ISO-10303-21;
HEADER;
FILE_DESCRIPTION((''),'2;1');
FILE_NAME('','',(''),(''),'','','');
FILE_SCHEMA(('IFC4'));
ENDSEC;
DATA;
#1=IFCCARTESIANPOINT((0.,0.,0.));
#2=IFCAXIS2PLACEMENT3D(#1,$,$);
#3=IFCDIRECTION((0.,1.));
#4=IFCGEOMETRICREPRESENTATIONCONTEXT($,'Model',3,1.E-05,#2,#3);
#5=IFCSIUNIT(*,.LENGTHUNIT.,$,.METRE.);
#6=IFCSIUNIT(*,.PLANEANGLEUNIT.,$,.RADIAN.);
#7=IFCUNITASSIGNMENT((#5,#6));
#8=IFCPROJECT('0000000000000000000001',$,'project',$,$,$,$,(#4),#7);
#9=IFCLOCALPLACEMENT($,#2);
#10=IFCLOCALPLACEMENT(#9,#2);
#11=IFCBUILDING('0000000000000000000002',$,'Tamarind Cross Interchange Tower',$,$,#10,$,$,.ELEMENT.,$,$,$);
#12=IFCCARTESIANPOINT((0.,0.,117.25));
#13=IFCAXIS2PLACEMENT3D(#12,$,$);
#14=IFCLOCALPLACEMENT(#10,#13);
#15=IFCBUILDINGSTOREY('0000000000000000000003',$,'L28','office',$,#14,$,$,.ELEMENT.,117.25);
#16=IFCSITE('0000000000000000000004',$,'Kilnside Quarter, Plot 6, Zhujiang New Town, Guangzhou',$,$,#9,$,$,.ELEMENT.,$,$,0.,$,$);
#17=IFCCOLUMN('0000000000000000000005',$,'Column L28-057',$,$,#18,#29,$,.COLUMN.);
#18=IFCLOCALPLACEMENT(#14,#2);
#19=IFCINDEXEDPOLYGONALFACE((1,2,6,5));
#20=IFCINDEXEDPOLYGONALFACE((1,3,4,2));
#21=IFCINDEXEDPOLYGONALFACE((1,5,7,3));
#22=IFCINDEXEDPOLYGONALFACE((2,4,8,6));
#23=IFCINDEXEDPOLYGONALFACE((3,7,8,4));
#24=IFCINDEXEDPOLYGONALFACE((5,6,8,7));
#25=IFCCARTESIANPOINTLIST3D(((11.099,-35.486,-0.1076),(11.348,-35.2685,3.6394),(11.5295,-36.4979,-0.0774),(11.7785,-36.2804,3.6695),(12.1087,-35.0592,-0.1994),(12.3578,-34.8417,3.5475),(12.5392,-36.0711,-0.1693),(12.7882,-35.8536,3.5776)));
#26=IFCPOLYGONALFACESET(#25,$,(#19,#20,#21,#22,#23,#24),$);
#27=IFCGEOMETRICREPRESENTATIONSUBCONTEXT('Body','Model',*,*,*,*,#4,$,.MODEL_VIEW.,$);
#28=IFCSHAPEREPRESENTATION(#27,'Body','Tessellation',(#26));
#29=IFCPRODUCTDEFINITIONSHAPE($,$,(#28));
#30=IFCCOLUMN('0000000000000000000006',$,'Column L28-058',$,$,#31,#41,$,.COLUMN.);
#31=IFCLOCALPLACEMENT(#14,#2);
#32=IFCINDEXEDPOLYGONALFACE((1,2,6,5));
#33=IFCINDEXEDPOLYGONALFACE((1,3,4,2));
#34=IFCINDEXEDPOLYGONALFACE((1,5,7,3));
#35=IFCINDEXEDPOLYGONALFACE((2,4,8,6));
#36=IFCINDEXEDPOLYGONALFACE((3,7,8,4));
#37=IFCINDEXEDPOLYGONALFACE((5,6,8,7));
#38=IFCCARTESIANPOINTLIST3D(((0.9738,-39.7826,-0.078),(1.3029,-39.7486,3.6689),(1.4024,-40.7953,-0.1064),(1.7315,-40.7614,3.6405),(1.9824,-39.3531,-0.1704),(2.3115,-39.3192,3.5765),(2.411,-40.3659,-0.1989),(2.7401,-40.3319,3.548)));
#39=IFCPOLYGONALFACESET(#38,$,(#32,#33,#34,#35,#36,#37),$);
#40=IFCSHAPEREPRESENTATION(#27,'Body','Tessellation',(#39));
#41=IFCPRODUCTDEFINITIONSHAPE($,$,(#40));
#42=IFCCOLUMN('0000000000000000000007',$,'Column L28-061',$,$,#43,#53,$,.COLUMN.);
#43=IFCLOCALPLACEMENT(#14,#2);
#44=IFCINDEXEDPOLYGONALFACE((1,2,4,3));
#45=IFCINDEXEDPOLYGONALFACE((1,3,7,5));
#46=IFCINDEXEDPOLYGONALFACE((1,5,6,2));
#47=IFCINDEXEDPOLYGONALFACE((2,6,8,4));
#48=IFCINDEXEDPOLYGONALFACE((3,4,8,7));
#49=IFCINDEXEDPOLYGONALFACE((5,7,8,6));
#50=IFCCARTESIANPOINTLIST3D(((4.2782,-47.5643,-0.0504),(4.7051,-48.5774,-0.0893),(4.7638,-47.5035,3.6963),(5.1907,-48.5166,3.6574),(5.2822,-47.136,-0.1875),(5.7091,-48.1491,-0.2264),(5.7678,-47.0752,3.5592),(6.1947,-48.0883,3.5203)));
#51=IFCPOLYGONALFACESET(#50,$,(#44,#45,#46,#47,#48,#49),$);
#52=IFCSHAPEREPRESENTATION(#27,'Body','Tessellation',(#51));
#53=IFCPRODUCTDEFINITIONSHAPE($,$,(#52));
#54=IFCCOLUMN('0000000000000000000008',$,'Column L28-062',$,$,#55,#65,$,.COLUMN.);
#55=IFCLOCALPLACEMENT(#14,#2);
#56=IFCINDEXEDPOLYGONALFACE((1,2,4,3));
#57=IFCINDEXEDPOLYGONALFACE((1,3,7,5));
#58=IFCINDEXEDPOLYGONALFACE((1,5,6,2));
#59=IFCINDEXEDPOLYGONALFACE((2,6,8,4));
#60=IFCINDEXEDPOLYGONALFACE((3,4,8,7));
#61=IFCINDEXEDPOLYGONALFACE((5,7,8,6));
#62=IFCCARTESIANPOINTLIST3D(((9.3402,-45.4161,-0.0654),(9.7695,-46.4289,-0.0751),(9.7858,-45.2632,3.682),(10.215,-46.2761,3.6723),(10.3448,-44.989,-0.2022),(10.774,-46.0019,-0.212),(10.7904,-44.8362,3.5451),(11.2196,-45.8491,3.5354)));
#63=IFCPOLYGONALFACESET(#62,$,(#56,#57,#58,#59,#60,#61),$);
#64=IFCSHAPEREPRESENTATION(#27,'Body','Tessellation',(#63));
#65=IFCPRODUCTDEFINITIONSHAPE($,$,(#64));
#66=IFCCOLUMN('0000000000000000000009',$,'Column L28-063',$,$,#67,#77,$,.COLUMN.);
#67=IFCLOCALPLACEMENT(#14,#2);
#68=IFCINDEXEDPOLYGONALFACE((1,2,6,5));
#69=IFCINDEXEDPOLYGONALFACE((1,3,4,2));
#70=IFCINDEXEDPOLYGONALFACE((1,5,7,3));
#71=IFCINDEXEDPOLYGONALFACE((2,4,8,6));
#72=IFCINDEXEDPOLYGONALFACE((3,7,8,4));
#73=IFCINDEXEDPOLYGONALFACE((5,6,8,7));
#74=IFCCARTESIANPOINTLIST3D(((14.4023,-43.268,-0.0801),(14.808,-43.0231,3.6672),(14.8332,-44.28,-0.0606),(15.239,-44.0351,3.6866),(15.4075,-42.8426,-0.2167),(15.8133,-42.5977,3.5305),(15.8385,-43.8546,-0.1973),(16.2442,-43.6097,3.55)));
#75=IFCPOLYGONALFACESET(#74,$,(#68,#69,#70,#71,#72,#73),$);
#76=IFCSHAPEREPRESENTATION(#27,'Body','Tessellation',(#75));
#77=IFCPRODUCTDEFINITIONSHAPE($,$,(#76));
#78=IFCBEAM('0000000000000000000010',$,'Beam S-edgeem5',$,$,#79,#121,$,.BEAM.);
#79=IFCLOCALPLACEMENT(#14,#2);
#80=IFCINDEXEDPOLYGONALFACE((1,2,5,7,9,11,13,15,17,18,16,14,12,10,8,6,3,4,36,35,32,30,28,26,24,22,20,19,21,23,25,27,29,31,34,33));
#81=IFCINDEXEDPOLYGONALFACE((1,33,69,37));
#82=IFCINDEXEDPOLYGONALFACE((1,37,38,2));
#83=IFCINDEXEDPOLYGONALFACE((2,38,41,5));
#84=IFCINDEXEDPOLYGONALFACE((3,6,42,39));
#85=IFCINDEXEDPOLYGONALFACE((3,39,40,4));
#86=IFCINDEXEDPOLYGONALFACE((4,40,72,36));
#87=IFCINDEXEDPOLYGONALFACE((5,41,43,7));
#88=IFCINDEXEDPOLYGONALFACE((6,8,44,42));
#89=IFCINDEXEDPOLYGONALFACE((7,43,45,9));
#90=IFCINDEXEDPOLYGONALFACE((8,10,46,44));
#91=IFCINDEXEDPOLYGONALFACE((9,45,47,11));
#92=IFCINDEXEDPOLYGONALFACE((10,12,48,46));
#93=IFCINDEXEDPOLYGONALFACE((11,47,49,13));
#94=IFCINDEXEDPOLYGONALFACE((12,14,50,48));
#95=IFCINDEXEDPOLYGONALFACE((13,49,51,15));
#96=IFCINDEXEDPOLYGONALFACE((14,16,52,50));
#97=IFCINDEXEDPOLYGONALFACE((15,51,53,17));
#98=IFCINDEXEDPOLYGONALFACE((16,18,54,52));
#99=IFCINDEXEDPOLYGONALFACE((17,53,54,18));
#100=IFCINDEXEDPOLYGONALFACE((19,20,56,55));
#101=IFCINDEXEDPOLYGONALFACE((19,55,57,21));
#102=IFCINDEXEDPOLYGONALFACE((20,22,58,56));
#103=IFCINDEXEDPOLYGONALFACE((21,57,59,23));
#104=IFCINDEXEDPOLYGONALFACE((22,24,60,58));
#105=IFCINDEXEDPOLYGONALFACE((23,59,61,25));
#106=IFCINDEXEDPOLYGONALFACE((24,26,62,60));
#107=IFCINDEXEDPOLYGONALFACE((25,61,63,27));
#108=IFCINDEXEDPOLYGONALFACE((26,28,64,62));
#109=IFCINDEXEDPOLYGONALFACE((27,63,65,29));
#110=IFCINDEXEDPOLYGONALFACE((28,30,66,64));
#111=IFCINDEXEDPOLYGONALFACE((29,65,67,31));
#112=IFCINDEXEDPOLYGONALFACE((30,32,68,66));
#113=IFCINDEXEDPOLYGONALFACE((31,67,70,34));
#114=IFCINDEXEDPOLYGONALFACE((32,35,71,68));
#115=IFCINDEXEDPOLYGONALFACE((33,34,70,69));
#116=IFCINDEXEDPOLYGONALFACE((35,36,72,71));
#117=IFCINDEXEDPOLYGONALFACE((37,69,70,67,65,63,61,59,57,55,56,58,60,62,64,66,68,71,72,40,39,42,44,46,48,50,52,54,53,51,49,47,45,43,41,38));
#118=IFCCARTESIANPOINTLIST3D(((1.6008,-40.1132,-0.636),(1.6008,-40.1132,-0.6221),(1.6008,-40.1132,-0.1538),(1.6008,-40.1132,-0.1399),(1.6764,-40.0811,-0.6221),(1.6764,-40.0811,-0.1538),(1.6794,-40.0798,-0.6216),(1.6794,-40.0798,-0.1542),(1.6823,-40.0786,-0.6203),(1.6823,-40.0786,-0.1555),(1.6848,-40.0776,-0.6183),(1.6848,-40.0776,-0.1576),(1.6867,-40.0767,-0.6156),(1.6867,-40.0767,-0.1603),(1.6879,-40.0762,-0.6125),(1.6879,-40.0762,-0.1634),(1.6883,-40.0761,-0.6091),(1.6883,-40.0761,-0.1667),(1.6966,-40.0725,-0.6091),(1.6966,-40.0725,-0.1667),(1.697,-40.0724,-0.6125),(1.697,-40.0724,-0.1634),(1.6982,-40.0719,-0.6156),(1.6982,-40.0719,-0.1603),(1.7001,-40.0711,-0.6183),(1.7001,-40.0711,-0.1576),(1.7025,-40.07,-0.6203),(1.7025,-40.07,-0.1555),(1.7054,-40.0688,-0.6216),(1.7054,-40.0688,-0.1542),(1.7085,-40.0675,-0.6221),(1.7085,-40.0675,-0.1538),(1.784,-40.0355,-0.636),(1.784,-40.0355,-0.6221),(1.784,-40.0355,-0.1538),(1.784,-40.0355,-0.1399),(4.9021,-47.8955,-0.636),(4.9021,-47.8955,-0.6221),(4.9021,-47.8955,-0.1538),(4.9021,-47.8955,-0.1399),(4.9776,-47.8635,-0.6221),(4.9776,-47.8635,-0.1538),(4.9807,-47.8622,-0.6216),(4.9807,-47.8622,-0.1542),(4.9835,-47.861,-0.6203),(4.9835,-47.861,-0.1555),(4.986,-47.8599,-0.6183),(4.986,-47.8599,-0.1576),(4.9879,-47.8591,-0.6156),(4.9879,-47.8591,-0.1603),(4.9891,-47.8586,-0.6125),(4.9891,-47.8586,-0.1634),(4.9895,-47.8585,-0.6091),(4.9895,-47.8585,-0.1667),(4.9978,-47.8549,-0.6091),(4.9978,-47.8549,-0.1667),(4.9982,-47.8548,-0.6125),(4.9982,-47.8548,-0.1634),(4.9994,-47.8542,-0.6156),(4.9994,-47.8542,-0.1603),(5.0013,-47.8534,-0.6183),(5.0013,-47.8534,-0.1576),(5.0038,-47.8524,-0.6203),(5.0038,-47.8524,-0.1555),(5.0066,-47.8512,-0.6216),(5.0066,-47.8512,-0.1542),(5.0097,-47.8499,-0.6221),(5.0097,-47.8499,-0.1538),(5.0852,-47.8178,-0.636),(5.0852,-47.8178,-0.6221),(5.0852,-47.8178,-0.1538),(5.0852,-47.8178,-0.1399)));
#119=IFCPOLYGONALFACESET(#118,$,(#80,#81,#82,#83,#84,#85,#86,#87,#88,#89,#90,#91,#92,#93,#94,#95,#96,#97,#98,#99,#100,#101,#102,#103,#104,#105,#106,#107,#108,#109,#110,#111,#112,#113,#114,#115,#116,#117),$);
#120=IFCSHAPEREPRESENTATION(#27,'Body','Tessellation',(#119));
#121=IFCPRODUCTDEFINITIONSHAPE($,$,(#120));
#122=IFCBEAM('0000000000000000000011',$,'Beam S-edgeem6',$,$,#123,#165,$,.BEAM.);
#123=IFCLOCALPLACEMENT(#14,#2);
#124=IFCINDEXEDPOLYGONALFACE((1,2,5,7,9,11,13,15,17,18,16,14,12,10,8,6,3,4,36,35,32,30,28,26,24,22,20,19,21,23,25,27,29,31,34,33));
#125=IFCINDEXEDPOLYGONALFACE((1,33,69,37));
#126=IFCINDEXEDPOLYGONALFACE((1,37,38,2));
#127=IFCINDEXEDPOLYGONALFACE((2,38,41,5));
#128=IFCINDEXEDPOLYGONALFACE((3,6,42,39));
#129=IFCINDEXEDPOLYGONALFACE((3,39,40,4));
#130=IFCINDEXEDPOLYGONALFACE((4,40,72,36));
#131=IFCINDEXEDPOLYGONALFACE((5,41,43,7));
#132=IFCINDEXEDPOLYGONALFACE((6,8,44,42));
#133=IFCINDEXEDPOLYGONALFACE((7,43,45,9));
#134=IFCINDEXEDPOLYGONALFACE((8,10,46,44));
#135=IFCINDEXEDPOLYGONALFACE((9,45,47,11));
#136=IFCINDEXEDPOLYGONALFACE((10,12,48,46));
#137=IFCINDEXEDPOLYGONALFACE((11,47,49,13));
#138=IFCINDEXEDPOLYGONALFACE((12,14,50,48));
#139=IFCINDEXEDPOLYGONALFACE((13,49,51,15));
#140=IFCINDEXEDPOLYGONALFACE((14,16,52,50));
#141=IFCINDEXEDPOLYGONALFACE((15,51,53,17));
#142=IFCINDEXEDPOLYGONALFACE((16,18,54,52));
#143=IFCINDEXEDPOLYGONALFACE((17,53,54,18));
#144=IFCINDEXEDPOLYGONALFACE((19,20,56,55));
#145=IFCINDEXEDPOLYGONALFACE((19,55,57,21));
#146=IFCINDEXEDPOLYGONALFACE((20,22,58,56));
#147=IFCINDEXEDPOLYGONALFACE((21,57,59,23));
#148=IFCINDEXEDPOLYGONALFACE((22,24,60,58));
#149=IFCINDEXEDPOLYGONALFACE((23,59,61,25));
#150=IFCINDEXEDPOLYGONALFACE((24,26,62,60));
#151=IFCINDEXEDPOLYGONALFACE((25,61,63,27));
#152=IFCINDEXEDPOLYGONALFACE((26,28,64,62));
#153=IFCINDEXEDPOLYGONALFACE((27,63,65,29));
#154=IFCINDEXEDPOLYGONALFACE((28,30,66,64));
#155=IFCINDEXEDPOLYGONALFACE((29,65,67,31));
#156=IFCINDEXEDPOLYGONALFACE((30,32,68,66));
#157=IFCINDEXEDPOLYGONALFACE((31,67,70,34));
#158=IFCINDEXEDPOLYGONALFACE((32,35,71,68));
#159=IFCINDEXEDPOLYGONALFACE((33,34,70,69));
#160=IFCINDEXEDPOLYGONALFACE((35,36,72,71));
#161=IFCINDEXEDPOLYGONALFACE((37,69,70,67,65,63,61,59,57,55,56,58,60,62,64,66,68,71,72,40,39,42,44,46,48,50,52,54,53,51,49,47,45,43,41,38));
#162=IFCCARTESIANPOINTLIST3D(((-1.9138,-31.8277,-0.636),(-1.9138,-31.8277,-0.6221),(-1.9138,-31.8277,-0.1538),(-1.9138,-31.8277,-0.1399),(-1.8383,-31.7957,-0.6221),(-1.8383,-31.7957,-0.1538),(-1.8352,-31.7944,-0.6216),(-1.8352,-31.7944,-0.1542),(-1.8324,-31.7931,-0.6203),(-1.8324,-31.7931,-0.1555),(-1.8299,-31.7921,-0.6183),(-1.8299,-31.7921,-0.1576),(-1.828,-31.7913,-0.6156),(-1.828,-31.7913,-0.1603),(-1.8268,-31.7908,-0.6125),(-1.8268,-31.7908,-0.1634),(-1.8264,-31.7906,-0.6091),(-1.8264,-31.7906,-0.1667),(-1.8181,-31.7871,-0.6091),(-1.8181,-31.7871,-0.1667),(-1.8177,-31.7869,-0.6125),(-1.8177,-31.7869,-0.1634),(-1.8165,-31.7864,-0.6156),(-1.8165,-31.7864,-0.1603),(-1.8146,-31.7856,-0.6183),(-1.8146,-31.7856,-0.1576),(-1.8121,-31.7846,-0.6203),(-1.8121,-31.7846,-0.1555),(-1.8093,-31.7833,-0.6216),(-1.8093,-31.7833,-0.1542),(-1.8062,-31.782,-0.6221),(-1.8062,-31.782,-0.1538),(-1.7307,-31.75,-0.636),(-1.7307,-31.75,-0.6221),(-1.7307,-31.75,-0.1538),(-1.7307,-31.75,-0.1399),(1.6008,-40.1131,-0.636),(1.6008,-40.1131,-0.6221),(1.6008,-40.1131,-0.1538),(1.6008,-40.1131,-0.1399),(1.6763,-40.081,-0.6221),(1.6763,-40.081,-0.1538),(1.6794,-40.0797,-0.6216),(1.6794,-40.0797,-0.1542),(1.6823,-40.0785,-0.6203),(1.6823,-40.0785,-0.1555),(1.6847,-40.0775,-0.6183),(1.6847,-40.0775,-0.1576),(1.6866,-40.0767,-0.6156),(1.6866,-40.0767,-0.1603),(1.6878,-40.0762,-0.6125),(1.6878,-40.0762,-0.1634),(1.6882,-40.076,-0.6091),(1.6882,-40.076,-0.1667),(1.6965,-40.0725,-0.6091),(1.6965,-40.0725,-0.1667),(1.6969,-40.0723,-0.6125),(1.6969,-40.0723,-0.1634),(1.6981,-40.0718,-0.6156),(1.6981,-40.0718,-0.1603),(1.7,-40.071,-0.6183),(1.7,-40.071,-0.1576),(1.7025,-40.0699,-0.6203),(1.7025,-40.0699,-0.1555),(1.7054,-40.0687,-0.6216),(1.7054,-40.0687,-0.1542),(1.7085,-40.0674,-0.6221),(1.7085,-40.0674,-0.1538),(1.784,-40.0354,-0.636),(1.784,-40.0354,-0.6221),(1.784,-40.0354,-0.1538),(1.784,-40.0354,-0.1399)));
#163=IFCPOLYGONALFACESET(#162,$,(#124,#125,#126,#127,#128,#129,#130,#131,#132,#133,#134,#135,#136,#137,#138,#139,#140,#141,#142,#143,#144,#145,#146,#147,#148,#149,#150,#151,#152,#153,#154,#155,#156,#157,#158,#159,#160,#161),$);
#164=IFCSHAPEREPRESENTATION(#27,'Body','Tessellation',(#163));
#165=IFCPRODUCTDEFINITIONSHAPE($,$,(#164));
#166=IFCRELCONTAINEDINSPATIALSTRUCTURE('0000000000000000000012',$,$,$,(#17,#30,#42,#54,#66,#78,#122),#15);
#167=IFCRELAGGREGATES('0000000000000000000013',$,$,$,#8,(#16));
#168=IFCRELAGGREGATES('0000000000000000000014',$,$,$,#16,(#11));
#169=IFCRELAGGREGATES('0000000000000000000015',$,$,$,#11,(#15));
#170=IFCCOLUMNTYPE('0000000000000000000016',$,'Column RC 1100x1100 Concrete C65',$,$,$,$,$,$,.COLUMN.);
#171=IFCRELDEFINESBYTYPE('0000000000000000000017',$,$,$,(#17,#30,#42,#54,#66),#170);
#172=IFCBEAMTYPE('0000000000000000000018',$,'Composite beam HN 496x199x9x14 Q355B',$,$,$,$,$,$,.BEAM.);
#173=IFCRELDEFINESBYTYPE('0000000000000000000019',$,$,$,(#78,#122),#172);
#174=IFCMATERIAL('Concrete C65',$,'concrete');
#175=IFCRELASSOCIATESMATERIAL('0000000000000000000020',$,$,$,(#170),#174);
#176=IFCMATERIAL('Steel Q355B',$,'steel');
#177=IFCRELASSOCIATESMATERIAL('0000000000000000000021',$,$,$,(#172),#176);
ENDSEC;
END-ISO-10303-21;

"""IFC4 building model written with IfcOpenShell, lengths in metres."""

from ifc_helpers import new_model, si_unit, direction, frame, origin, origin_2d, place, context, subcontext, project, spatial, rectangle, i_section, extrude, material, material_profile, profile_set, type_object, element, save


model = new_model("IFC4")

# Units and contexts
model_context = context("Model", 3, precision=1e-05, world=origin(), true_north=direction((0.0, 1.0)))
body_context = subcontext(model_context, "Body", "Model", "MODEL_VIEW")
ifc_project = project(units=[si_unit("LENGTHUNIT", "METRE"), si_unit("PLANEANGLEUNIT", "RADIAN")], contexts=[model_context])

# Site, building, storey
site_placement = place(None, origin())
site = spatial("IfcSite", under=ifc_project, at=site_placement, Name="Kilnside Quarter, Plot 6, Zhujiang New Town, Guangzhou", CompositionType="ELEMENT", RefElevation=0.0)
building_placement = place(site_placement, origin())
building = spatial("IfcBuilding", under=site, at=building_placement, Name="Tamarind Cross Interchange Tower", CompositionType="ELEMENT")
storey_placement = place(building_placement, frame((0.0, 0.0, 117.25)))
storey = spatial("IfcBuildingStorey", under=building, at=storey_placement, Name="L28", Description="office", CompositionType="ELEMENT", Elevation=117.25)

# Columns
ifc_material_1 = material(Name="Concrete C65", Category="concrete")
ifc_material_profile_1 = material_profile(ifc_material_1, rectangle(XDim=1.1001, YDim=1.1001, at=origin_2d()), Name="RC 1100x1100")
ifc_profile_set_1 = profile_set([ifc_material_profile_1], Name="Concrete C65")
column_type = type_object("IfcColumnType", Name="Column RC 1100x1100 Concrete C65", PredefinedType="COLUMN", material=ifc_profile_set_1)
for number, where, z_axis, x_axis, name in (
    (1, (11.8191, -35.7786, -0.1384), (0.066205, 0.057832, 0.996129), (-0.917875, -0.387979, 0.083529), "Column L28-057"),
    (2, (1.6924, -40.0742, -0.1384), (0.087494, 0.009022, 0.996124), (-0.389618, 0.920613, 0.025884), "Column L28-058"),
):
    element("IfcColumn", number, at=place(storey_placement, frame(where, z_axis=z_axis, x_axis=x_axis)), inside=storey, type_object=column_type, Name=name, PredefinedType="COLUMN", context=body_context, shape_type="SweptSolid", body=[
        extrude(rectangle(XDim=1.1001, YDim=1.1001, at=origin_2d()), origin(), (0.0, 0.0, 1.0), 3.7615),
    ])
column_1_placement = place(storey_placement, frame((4.9937, -47.8567, -0.1384), z_axis=(0.12851, 0.016088, 0.991578), x_axis=(-0.388083, 0.920946, 0.035354)))
element("IfcColumn", 3, at=column_1_placement, inside=storey, type_object=column_type, Name="Column L28-061", PredefinedType="COLUMN", context=body_context, shape_type="SweptSolid", body=[
    extrude(rectangle(XDim=1.1001, YDim=1.1001, at=origin_2d()), origin(), (0.0, 0.0, 1.0), 3.7786),
])
column_2_placement = place(storey_placement, frame((10.0571, -45.709, -0.1387), z_axis=(0.117972, 0.040466, 0.992192), x_axis=(-0.390162, 0.920704, 0.00884)))
element("IfcColumn", 4, at=column_2_placement, inside=storey, type_object=column_type, Name="Column L28-062", PredefinedType="COLUMN", context=body_context, shape_type="SweptSolid", body=[
    extrude(rectangle(XDim=1.1001, YDim=1.1001, at=origin_2d()), origin(), (0.0, 0.0, 1.0), 3.7769),
])
column_3_placement = place(storey_placement, frame((15.1204, -43.5613, -0.1387), z_axis=(0.107425, 0.06483, 0.992097), x_axis=(-0.913791, -0.386726, 0.124217)))
element("IfcColumn", 5, at=column_3_placement, inside=storey, type_object=column_type, Name="Column L28-063", PredefinedType="COLUMN", context=body_context, shape_type="SweptSolid", body=[
    extrude(rectangle(XDim=1.1001, YDim=1.1001, at=origin_2d()), origin(), (0.0, 0.0, 1.0), 3.7771),
])

# Beams
ifc_material_2 = material(Name="Steel Q355B", Category="steel")
ifc_material_profile_2 = material_profile(ifc_material_2, i_section(OverallWidth=0.199, OverallDepth=0.4961, WebThickness=0.009, FlangeThickness=0.0139, FilletRadius=0.0129, at=origin_2d()), Name="HN 496x199x9x14")
ifc_profile_set_2 = profile_set([ifc_material_profile_2], Name="Steel Q355B")
beam_type_1 = type_object("IfcBeamType", Name="Composite beam HN 496x199x9x14 Q355B", PredefinedType="BEAM", material=ifc_profile_set_2)
beam_1_placement = place(storey_placement, frame((4.9937, -47.8567, -0.3879), z_axis=(-0.390511, 0.920598, 0.0), x_axis=(-0.920598, -0.390511, 0.0)))
element("IfcBeam", 6, at=beam_1_placement, inside=storey, type_object=beam_type_1, Name="Beam S-edgeem5", PredefinedType="BEAM", context=body_context, shape_type="SweptSolid", body=[
    extrude(i_section(OverallWidth=0.199, OverallDepth=0.4961, WebThickness=0.009, FlangeThickness=0.0139, FilletRadius=0.0129, at=origin_2d()), origin(), (0.0, 0.0, 1.0), 8.4536),
])
beam_2_placement = place(storey_placement, frame((1.6924, -40.0742, -0.3879), z_axis=(-0.390515, 0.920597, 0.0), x_axis=(-0.920597, -0.390515, 0.0)))
element("IfcBeam", 7, at=beam_2_placement, inside=storey, type_object=beam_type_1, Name="Beam S-edgeem6", PredefinedType="BEAM", context=body_context, shape_type="SweptSolid", body=[
    extrude(i_section(OverallWidth=0.199, OverallDepth=0.4961, WebThickness=0.009, FlangeThickness=0.0139, FilletRadius=0.0129, at=origin_2d()), origin(), (0.0, 0.0, 1.0), 9.0),
])

save(model, "model.ifc")
